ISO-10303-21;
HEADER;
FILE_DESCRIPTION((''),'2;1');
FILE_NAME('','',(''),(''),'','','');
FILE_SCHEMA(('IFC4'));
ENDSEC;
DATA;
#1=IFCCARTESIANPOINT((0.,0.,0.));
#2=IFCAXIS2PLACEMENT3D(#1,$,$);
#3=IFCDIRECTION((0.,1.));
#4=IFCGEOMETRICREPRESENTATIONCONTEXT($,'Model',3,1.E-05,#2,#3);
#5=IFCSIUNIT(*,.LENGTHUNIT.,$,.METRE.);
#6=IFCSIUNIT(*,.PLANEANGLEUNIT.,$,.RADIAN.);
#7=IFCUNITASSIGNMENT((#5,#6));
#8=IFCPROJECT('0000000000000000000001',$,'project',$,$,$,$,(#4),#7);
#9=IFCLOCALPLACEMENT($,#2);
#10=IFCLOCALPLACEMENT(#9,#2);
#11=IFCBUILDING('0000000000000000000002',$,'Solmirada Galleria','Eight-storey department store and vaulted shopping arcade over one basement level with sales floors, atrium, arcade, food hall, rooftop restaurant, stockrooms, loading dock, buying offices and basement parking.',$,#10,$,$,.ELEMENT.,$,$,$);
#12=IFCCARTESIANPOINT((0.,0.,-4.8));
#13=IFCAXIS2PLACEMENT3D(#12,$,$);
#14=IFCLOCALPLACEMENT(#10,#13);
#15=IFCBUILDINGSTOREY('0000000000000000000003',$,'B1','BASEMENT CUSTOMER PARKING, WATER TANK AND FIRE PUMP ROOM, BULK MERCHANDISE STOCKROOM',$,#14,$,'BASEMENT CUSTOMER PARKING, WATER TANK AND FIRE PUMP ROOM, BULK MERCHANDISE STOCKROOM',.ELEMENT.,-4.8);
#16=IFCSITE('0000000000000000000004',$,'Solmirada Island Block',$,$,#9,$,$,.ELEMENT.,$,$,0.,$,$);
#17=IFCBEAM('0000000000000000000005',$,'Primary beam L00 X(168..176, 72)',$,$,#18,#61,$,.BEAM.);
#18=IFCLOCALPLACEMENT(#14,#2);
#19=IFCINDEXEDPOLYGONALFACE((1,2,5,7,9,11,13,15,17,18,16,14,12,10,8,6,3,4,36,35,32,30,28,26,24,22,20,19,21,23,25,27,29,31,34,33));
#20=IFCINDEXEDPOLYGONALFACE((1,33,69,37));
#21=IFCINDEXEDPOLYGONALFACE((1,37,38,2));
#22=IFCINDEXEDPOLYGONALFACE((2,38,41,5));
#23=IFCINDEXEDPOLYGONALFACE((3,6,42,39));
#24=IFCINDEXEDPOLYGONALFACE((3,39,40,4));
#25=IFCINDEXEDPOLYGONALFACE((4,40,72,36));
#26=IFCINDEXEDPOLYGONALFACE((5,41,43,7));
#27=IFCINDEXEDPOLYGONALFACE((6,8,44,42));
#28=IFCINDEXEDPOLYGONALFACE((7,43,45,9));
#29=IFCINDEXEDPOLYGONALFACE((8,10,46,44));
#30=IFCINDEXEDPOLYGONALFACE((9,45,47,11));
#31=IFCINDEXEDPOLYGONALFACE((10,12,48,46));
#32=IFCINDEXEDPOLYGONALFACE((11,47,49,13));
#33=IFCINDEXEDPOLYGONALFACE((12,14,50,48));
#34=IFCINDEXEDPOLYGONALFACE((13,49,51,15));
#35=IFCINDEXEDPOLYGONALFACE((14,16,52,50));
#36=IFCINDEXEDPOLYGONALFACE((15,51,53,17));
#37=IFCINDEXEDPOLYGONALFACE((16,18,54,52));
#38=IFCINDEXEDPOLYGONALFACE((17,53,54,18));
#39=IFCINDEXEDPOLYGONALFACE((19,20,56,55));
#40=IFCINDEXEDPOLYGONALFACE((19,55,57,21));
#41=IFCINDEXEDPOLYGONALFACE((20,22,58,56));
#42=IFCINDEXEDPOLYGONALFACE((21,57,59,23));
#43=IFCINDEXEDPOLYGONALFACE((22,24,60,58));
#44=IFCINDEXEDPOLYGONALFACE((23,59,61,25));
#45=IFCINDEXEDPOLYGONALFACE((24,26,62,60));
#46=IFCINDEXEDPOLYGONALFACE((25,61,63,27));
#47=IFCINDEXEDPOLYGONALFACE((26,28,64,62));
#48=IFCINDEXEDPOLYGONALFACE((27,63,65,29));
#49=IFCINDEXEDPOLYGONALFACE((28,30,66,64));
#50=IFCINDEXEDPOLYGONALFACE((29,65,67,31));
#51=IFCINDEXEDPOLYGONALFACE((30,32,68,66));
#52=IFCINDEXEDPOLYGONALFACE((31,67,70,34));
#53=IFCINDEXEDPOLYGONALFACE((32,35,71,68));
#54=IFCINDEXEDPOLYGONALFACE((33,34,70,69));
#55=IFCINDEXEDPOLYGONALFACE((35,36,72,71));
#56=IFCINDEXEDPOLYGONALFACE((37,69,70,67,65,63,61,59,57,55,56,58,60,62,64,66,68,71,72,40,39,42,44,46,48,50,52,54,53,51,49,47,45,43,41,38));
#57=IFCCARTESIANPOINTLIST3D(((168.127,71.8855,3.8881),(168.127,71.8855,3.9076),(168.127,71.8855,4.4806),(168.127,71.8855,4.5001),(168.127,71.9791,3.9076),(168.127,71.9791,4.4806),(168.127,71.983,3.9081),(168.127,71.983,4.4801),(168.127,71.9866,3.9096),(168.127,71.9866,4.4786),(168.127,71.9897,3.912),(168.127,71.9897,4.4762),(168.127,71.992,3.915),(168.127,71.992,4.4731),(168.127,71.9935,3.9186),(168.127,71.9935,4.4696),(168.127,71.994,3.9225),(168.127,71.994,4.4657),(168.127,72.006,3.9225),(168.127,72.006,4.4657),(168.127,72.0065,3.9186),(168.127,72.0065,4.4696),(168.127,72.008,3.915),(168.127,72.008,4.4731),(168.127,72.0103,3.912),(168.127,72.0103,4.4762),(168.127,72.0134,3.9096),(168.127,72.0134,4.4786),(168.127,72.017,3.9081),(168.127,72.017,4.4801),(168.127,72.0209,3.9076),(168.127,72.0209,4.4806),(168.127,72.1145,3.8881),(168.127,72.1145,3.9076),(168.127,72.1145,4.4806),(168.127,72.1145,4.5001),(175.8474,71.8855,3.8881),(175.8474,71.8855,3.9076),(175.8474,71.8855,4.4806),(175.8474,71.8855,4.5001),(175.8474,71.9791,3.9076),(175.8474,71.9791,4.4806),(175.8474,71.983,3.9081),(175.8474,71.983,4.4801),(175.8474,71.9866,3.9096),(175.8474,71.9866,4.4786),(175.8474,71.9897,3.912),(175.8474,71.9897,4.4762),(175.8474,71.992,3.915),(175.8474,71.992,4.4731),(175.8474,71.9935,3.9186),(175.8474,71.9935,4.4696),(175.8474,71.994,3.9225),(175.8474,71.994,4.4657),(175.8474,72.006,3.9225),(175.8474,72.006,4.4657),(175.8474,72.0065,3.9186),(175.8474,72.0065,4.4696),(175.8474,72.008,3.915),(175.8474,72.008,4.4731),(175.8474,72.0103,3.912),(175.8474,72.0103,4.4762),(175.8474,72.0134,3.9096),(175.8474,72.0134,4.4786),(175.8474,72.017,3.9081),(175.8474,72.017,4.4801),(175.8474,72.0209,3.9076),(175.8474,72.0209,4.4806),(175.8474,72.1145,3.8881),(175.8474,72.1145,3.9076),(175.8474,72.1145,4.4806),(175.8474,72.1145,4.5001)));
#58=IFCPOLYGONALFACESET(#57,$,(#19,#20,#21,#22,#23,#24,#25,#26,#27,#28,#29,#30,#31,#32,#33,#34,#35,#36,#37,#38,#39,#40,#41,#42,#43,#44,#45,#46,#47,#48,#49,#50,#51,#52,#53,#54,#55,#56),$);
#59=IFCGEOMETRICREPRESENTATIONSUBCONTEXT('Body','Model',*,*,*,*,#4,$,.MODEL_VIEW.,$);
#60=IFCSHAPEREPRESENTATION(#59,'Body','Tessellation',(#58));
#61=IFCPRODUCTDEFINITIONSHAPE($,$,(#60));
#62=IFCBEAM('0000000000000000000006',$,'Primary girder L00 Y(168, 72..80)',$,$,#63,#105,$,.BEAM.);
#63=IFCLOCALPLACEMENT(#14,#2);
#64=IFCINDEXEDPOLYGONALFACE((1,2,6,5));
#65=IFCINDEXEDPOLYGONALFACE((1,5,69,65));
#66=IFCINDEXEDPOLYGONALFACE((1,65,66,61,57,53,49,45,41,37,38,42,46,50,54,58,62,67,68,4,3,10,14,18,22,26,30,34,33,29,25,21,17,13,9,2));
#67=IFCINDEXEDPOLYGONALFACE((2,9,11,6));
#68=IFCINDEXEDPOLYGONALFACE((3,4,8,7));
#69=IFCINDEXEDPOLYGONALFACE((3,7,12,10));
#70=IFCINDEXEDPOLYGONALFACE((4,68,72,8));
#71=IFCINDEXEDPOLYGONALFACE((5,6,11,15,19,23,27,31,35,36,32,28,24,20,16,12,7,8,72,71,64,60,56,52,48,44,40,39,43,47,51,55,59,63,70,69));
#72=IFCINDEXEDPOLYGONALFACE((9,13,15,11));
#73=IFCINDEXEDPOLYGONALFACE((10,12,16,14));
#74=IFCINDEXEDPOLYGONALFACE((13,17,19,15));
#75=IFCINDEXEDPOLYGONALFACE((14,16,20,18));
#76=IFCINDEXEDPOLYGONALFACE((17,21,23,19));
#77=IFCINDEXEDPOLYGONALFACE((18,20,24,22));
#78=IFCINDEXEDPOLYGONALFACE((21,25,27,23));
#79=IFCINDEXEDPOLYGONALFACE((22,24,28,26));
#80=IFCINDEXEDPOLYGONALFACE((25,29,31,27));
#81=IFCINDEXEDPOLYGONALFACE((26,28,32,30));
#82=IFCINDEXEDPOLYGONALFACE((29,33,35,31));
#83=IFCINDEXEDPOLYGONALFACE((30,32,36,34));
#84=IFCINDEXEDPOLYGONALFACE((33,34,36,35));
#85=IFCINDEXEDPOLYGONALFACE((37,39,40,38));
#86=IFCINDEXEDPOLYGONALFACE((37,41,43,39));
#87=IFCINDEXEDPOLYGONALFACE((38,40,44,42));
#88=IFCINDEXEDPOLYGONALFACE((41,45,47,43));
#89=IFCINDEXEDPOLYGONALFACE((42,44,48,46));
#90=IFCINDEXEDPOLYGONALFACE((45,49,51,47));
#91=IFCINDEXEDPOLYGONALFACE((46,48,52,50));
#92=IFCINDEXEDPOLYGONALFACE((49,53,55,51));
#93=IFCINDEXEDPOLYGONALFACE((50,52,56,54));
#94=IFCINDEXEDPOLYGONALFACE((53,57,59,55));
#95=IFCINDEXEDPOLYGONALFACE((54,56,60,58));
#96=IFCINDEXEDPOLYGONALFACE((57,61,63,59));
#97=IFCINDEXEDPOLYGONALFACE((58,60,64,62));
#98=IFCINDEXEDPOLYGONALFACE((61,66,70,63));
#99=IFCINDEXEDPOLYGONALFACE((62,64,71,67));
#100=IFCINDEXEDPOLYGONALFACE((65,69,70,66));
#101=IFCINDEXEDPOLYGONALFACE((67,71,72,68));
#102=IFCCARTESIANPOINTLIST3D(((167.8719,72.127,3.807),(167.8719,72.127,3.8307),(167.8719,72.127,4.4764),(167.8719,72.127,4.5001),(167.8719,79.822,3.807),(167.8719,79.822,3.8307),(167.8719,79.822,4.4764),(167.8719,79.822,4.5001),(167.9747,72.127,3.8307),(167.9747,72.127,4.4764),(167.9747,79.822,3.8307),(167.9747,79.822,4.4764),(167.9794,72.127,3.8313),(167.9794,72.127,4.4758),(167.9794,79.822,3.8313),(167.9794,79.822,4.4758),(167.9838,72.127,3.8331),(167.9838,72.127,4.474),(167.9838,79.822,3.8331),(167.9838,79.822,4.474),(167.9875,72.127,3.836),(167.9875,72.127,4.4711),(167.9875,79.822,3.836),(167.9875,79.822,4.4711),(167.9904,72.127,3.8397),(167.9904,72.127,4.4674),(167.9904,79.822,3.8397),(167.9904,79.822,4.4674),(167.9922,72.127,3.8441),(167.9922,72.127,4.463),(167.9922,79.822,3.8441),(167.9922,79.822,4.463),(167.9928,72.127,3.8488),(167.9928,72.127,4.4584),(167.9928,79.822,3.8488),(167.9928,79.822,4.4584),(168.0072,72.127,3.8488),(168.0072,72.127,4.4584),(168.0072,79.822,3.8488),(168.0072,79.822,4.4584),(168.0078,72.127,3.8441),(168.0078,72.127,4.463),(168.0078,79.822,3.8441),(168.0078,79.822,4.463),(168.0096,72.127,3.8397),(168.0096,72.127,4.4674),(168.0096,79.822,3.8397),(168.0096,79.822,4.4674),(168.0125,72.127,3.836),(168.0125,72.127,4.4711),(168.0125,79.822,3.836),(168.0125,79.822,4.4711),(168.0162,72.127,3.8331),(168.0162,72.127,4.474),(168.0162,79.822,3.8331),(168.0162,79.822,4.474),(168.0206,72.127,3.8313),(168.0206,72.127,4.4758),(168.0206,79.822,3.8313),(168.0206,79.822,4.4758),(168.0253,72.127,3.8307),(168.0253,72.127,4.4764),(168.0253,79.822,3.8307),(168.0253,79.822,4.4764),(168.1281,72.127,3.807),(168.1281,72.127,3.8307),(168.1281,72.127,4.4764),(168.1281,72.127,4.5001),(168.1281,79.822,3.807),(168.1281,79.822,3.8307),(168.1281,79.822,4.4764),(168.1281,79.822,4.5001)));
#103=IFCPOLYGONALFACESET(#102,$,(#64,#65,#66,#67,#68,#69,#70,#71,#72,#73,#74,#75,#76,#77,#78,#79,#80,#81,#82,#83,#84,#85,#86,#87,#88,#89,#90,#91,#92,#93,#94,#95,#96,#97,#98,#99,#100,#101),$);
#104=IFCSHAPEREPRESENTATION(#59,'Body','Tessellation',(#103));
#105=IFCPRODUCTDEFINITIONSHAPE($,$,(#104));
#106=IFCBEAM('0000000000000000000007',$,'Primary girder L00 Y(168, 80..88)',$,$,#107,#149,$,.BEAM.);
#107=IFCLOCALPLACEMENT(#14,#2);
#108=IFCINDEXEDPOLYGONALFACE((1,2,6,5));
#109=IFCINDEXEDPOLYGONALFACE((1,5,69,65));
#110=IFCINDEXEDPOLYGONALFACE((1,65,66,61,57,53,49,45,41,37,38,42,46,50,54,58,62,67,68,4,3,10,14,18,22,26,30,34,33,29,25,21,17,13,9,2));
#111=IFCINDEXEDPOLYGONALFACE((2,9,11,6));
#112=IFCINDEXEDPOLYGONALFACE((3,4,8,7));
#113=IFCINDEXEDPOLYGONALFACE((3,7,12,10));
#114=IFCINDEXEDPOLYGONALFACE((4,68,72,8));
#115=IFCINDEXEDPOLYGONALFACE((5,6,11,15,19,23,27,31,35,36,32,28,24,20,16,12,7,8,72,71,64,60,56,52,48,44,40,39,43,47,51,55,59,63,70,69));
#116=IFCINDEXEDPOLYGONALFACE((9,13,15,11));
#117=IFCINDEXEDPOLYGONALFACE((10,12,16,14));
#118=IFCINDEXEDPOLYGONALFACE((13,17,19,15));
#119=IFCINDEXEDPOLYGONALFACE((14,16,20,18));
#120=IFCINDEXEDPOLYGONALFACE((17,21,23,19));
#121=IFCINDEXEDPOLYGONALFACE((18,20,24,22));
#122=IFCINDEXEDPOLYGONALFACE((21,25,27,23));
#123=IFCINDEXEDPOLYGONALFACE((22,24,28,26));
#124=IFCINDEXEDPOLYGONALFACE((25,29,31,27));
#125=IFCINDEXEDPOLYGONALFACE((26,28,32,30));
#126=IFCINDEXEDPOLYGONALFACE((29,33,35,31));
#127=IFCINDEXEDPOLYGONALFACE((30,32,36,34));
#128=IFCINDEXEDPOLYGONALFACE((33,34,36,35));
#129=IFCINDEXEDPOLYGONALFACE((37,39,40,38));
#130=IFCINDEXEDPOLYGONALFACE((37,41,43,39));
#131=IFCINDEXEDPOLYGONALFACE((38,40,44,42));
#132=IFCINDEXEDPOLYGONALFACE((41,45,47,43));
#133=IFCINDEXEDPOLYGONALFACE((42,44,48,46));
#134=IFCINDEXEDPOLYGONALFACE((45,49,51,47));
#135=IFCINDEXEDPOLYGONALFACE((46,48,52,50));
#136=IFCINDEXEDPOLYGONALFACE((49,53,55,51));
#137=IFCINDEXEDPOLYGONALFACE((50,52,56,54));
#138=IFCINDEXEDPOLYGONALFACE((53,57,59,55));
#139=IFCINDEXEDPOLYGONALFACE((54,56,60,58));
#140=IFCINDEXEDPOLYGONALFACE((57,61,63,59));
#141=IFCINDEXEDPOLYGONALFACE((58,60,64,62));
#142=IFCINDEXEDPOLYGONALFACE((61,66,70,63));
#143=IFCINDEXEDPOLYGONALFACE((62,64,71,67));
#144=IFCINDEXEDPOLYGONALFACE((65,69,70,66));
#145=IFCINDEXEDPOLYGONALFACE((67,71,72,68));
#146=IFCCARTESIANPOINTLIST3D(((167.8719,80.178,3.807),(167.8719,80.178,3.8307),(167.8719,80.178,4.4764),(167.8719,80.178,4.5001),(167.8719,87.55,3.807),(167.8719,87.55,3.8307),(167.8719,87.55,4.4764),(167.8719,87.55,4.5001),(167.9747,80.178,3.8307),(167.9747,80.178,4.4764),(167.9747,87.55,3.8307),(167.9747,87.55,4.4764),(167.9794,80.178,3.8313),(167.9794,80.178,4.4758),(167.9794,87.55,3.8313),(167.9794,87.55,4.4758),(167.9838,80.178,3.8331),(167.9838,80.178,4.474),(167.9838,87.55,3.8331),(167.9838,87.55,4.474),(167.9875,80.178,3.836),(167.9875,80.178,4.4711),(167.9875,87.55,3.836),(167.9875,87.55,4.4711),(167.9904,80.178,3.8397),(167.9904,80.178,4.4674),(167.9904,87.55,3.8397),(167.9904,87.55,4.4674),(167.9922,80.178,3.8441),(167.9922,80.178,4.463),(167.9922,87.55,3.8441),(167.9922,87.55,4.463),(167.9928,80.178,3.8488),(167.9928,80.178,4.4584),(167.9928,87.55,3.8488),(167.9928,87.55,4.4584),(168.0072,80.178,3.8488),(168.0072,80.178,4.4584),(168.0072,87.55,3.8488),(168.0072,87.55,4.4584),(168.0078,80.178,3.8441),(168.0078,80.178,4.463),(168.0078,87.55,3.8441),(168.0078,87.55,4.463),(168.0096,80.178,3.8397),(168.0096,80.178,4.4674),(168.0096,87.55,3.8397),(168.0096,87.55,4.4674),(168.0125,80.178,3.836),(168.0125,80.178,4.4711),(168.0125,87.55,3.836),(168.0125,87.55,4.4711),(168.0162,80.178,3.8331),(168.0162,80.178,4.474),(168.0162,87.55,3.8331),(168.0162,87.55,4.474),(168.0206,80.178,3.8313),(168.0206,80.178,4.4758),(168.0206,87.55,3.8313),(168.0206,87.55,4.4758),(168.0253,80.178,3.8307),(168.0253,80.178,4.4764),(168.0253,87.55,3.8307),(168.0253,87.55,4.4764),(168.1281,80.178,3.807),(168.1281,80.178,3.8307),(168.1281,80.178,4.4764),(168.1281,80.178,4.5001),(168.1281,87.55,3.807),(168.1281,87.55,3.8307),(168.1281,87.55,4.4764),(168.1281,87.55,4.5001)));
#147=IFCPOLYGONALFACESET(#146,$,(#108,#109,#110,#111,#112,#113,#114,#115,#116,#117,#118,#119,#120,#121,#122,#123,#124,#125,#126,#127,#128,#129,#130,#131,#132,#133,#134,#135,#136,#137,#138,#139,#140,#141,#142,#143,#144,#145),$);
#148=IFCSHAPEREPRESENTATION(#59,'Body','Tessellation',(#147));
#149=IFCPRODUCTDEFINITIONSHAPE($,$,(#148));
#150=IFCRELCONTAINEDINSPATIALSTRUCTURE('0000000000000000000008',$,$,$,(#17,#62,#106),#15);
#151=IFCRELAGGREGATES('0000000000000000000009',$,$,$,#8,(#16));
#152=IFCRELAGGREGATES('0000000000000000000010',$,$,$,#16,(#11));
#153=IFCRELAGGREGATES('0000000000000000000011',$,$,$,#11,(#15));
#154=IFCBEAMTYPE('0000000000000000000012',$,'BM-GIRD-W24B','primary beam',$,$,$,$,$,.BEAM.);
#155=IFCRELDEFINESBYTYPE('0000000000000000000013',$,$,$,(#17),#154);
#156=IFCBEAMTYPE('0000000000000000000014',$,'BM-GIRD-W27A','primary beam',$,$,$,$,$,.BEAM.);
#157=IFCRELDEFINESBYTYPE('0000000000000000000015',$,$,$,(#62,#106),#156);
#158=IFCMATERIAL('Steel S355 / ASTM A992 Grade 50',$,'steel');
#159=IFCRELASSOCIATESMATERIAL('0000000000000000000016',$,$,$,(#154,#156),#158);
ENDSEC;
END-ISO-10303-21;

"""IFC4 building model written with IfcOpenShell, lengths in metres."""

from ifc_helpers import new_model, si_unit, direction, frame, origin, origin_2d, place, context, subcontext, project, spatial, i_section, extrude, material, material_profile, profile_set, type_object, element, save


model = new_model("IFC4")

# Units and contexts
model_context = context("Model", 3, precision=1e-05, world=origin(), true_north=direction((0.0, 1.0)))
body_context = subcontext(model_context, "Body", "Model", "MODEL_VIEW")
ifc_project = project(units=[si_unit("LENGTHUNIT", "METRE"), si_unit("PLANEANGLEUNIT", "RADIAN")], contexts=[model_context])

# Site, building, storey
site_placement = place(None, origin())
site = spatial("IfcSite", under=ifc_project, at=site_placement, Name="Solmirada Island Block", CompositionType="ELEMENT", RefElevation=0.0)
building_placement = place(site_placement, origin())
building = spatial("IfcBuilding", under=site, at=building_placement, Name="Solmirada Galleria", Description="Eight-storey department store and vaulted shopping arcade over one basement level with sales floors, atrium, arcade, food hall, rooftop restaurant, stockrooms, loading dock, buying offices and basement parking.", CompositionType="ELEMENT")
storey_placement = place(building_placement, frame((0.0, 0.0, -4.8)))
storey = spatial("IfcBuildingStorey", under=building, at=storey_placement, Name="B1", Description="BASEMENT CUSTOMER PARKING, WATER TANK AND FIRE PUMP ROOM, BULK MERCHANDISE STOCKROOM", LongName="BASEMENT CUSTOMER PARKING, WATER TANK AND FIRE PUMP ROOM, BULK MERCHANDISE STOCKROOM", CompositionType="ELEMENT", Elevation=-4.8)

# Beams
ifc_material_1 = material(Name="Steel S355 / ASTM A992 Grade 50", Category="steel")
ifc_material_profile_1 = material_profile(ifc_material_1, i_section(OverallWidth=0.229, OverallDepth=0.6121, WebThickness=0.012, FlangeThickness=0.0195, FilletRadius=0.0149, at=origin_2d()), Name="W24X84")
ifc_profile_set_1 = profile_set([ifc_material_profile_1], Name="Steel S355 / ASTM A992 Grade 50")
beam_type_1 = type_object("IfcBeamType", Name="BM-GIRD-W24B", Description="primary beam", PredefinedType="BEAM", material=ifc_profile_set_1)
beam_1_placement = place(storey_placement, frame((168.127, 72.0, 4.1941), z_axis=(1.0, 0.0, 0.0), x_axis=(0.0, 1.0, 0.0)))
element("IfcBeam", 1, at=beam_1_placement, inside=storey, type_object=beam_type_1, Name="Primary beam L00 X(168..176, 72)", PredefinedType="BEAM", context=body_context, shape_type="SweptSolid", body=[
    extrude(i_section(OverallWidth=0.229, OverallDepth=0.6121, WebThickness=0.012, FlangeThickness=0.0195, FilletRadius=0.0149, at=origin_2d()), origin(), (0.0, 0.0, 1.0), 7.7205),
])
ifc_material_profile_2 = material_profile(ifc_material_1, i_section(OverallWidth=0.2561, OverallDepth=0.6931, WebThickness=0.0144, FlangeThickness=0.0237, FilletRadius=0.0181, at=origin_2d()), Name="W27X114")
ifc_profile_set_2 = profile_set([ifc_material_profile_2], Name="Steel S355 / ASTM A992 Grade 50")
beam_type_2 = type_object("IfcBeamType", Name="BM-GIRD-W27A", Description="primary beam", PredefinedType="BEAM", material=ifc_profile_set_2)
beam_2_placement = place(storey_placement, frame((168.0, 72.127, 4.1536), z_axis=(0.0, 1.0, 0.0), x_axis=(-1.0, 0.0, 0.0)))
element("IfcBeam", 2, at=beam_2_placement, inside=storey, type_object=beam_type_2, Name="Primary girder L00 Y(168, 72..80)", PredefinedType="BEAM", context=body_context, shape_type="SweptSolid", body=[
    extrude(i_section(OverallWidth=0.2561, OverallDepth=0.6931, WebThickness=0.0144, FlangeThickness=0.0237, FilletRadius=0.0181, at=origin_2d()), origin(), (0.0, 0.0, 1.0), 7.6951),
])
beam_3_placement = place(storey_placement, frame((168.0, 80.178, 4.1536), z_axis=(0.0, 1.0, 0.0), x_axis=(-1.0, 0.0, 0.0)))
element("IfcBeam", 3, at=beam_3_placement, inside=storey, type_object=beam_type_2, Name="Primary girder L00 Y(168, 80..88)", PredefinedType="BEAM", context=body_context, shape_type="SweptSolid", body=[
    extrude(i_section(OverallWidth=0.2561, OverallDepth=0.6931, WebThickness=0.0144, FlangeThickness=0.0237, FilletRadius=0.0181, at=origin_2d()), origin(), (0.0, 0.0, 1.0), 7.3721),
])

save(model, "model.ifc")
